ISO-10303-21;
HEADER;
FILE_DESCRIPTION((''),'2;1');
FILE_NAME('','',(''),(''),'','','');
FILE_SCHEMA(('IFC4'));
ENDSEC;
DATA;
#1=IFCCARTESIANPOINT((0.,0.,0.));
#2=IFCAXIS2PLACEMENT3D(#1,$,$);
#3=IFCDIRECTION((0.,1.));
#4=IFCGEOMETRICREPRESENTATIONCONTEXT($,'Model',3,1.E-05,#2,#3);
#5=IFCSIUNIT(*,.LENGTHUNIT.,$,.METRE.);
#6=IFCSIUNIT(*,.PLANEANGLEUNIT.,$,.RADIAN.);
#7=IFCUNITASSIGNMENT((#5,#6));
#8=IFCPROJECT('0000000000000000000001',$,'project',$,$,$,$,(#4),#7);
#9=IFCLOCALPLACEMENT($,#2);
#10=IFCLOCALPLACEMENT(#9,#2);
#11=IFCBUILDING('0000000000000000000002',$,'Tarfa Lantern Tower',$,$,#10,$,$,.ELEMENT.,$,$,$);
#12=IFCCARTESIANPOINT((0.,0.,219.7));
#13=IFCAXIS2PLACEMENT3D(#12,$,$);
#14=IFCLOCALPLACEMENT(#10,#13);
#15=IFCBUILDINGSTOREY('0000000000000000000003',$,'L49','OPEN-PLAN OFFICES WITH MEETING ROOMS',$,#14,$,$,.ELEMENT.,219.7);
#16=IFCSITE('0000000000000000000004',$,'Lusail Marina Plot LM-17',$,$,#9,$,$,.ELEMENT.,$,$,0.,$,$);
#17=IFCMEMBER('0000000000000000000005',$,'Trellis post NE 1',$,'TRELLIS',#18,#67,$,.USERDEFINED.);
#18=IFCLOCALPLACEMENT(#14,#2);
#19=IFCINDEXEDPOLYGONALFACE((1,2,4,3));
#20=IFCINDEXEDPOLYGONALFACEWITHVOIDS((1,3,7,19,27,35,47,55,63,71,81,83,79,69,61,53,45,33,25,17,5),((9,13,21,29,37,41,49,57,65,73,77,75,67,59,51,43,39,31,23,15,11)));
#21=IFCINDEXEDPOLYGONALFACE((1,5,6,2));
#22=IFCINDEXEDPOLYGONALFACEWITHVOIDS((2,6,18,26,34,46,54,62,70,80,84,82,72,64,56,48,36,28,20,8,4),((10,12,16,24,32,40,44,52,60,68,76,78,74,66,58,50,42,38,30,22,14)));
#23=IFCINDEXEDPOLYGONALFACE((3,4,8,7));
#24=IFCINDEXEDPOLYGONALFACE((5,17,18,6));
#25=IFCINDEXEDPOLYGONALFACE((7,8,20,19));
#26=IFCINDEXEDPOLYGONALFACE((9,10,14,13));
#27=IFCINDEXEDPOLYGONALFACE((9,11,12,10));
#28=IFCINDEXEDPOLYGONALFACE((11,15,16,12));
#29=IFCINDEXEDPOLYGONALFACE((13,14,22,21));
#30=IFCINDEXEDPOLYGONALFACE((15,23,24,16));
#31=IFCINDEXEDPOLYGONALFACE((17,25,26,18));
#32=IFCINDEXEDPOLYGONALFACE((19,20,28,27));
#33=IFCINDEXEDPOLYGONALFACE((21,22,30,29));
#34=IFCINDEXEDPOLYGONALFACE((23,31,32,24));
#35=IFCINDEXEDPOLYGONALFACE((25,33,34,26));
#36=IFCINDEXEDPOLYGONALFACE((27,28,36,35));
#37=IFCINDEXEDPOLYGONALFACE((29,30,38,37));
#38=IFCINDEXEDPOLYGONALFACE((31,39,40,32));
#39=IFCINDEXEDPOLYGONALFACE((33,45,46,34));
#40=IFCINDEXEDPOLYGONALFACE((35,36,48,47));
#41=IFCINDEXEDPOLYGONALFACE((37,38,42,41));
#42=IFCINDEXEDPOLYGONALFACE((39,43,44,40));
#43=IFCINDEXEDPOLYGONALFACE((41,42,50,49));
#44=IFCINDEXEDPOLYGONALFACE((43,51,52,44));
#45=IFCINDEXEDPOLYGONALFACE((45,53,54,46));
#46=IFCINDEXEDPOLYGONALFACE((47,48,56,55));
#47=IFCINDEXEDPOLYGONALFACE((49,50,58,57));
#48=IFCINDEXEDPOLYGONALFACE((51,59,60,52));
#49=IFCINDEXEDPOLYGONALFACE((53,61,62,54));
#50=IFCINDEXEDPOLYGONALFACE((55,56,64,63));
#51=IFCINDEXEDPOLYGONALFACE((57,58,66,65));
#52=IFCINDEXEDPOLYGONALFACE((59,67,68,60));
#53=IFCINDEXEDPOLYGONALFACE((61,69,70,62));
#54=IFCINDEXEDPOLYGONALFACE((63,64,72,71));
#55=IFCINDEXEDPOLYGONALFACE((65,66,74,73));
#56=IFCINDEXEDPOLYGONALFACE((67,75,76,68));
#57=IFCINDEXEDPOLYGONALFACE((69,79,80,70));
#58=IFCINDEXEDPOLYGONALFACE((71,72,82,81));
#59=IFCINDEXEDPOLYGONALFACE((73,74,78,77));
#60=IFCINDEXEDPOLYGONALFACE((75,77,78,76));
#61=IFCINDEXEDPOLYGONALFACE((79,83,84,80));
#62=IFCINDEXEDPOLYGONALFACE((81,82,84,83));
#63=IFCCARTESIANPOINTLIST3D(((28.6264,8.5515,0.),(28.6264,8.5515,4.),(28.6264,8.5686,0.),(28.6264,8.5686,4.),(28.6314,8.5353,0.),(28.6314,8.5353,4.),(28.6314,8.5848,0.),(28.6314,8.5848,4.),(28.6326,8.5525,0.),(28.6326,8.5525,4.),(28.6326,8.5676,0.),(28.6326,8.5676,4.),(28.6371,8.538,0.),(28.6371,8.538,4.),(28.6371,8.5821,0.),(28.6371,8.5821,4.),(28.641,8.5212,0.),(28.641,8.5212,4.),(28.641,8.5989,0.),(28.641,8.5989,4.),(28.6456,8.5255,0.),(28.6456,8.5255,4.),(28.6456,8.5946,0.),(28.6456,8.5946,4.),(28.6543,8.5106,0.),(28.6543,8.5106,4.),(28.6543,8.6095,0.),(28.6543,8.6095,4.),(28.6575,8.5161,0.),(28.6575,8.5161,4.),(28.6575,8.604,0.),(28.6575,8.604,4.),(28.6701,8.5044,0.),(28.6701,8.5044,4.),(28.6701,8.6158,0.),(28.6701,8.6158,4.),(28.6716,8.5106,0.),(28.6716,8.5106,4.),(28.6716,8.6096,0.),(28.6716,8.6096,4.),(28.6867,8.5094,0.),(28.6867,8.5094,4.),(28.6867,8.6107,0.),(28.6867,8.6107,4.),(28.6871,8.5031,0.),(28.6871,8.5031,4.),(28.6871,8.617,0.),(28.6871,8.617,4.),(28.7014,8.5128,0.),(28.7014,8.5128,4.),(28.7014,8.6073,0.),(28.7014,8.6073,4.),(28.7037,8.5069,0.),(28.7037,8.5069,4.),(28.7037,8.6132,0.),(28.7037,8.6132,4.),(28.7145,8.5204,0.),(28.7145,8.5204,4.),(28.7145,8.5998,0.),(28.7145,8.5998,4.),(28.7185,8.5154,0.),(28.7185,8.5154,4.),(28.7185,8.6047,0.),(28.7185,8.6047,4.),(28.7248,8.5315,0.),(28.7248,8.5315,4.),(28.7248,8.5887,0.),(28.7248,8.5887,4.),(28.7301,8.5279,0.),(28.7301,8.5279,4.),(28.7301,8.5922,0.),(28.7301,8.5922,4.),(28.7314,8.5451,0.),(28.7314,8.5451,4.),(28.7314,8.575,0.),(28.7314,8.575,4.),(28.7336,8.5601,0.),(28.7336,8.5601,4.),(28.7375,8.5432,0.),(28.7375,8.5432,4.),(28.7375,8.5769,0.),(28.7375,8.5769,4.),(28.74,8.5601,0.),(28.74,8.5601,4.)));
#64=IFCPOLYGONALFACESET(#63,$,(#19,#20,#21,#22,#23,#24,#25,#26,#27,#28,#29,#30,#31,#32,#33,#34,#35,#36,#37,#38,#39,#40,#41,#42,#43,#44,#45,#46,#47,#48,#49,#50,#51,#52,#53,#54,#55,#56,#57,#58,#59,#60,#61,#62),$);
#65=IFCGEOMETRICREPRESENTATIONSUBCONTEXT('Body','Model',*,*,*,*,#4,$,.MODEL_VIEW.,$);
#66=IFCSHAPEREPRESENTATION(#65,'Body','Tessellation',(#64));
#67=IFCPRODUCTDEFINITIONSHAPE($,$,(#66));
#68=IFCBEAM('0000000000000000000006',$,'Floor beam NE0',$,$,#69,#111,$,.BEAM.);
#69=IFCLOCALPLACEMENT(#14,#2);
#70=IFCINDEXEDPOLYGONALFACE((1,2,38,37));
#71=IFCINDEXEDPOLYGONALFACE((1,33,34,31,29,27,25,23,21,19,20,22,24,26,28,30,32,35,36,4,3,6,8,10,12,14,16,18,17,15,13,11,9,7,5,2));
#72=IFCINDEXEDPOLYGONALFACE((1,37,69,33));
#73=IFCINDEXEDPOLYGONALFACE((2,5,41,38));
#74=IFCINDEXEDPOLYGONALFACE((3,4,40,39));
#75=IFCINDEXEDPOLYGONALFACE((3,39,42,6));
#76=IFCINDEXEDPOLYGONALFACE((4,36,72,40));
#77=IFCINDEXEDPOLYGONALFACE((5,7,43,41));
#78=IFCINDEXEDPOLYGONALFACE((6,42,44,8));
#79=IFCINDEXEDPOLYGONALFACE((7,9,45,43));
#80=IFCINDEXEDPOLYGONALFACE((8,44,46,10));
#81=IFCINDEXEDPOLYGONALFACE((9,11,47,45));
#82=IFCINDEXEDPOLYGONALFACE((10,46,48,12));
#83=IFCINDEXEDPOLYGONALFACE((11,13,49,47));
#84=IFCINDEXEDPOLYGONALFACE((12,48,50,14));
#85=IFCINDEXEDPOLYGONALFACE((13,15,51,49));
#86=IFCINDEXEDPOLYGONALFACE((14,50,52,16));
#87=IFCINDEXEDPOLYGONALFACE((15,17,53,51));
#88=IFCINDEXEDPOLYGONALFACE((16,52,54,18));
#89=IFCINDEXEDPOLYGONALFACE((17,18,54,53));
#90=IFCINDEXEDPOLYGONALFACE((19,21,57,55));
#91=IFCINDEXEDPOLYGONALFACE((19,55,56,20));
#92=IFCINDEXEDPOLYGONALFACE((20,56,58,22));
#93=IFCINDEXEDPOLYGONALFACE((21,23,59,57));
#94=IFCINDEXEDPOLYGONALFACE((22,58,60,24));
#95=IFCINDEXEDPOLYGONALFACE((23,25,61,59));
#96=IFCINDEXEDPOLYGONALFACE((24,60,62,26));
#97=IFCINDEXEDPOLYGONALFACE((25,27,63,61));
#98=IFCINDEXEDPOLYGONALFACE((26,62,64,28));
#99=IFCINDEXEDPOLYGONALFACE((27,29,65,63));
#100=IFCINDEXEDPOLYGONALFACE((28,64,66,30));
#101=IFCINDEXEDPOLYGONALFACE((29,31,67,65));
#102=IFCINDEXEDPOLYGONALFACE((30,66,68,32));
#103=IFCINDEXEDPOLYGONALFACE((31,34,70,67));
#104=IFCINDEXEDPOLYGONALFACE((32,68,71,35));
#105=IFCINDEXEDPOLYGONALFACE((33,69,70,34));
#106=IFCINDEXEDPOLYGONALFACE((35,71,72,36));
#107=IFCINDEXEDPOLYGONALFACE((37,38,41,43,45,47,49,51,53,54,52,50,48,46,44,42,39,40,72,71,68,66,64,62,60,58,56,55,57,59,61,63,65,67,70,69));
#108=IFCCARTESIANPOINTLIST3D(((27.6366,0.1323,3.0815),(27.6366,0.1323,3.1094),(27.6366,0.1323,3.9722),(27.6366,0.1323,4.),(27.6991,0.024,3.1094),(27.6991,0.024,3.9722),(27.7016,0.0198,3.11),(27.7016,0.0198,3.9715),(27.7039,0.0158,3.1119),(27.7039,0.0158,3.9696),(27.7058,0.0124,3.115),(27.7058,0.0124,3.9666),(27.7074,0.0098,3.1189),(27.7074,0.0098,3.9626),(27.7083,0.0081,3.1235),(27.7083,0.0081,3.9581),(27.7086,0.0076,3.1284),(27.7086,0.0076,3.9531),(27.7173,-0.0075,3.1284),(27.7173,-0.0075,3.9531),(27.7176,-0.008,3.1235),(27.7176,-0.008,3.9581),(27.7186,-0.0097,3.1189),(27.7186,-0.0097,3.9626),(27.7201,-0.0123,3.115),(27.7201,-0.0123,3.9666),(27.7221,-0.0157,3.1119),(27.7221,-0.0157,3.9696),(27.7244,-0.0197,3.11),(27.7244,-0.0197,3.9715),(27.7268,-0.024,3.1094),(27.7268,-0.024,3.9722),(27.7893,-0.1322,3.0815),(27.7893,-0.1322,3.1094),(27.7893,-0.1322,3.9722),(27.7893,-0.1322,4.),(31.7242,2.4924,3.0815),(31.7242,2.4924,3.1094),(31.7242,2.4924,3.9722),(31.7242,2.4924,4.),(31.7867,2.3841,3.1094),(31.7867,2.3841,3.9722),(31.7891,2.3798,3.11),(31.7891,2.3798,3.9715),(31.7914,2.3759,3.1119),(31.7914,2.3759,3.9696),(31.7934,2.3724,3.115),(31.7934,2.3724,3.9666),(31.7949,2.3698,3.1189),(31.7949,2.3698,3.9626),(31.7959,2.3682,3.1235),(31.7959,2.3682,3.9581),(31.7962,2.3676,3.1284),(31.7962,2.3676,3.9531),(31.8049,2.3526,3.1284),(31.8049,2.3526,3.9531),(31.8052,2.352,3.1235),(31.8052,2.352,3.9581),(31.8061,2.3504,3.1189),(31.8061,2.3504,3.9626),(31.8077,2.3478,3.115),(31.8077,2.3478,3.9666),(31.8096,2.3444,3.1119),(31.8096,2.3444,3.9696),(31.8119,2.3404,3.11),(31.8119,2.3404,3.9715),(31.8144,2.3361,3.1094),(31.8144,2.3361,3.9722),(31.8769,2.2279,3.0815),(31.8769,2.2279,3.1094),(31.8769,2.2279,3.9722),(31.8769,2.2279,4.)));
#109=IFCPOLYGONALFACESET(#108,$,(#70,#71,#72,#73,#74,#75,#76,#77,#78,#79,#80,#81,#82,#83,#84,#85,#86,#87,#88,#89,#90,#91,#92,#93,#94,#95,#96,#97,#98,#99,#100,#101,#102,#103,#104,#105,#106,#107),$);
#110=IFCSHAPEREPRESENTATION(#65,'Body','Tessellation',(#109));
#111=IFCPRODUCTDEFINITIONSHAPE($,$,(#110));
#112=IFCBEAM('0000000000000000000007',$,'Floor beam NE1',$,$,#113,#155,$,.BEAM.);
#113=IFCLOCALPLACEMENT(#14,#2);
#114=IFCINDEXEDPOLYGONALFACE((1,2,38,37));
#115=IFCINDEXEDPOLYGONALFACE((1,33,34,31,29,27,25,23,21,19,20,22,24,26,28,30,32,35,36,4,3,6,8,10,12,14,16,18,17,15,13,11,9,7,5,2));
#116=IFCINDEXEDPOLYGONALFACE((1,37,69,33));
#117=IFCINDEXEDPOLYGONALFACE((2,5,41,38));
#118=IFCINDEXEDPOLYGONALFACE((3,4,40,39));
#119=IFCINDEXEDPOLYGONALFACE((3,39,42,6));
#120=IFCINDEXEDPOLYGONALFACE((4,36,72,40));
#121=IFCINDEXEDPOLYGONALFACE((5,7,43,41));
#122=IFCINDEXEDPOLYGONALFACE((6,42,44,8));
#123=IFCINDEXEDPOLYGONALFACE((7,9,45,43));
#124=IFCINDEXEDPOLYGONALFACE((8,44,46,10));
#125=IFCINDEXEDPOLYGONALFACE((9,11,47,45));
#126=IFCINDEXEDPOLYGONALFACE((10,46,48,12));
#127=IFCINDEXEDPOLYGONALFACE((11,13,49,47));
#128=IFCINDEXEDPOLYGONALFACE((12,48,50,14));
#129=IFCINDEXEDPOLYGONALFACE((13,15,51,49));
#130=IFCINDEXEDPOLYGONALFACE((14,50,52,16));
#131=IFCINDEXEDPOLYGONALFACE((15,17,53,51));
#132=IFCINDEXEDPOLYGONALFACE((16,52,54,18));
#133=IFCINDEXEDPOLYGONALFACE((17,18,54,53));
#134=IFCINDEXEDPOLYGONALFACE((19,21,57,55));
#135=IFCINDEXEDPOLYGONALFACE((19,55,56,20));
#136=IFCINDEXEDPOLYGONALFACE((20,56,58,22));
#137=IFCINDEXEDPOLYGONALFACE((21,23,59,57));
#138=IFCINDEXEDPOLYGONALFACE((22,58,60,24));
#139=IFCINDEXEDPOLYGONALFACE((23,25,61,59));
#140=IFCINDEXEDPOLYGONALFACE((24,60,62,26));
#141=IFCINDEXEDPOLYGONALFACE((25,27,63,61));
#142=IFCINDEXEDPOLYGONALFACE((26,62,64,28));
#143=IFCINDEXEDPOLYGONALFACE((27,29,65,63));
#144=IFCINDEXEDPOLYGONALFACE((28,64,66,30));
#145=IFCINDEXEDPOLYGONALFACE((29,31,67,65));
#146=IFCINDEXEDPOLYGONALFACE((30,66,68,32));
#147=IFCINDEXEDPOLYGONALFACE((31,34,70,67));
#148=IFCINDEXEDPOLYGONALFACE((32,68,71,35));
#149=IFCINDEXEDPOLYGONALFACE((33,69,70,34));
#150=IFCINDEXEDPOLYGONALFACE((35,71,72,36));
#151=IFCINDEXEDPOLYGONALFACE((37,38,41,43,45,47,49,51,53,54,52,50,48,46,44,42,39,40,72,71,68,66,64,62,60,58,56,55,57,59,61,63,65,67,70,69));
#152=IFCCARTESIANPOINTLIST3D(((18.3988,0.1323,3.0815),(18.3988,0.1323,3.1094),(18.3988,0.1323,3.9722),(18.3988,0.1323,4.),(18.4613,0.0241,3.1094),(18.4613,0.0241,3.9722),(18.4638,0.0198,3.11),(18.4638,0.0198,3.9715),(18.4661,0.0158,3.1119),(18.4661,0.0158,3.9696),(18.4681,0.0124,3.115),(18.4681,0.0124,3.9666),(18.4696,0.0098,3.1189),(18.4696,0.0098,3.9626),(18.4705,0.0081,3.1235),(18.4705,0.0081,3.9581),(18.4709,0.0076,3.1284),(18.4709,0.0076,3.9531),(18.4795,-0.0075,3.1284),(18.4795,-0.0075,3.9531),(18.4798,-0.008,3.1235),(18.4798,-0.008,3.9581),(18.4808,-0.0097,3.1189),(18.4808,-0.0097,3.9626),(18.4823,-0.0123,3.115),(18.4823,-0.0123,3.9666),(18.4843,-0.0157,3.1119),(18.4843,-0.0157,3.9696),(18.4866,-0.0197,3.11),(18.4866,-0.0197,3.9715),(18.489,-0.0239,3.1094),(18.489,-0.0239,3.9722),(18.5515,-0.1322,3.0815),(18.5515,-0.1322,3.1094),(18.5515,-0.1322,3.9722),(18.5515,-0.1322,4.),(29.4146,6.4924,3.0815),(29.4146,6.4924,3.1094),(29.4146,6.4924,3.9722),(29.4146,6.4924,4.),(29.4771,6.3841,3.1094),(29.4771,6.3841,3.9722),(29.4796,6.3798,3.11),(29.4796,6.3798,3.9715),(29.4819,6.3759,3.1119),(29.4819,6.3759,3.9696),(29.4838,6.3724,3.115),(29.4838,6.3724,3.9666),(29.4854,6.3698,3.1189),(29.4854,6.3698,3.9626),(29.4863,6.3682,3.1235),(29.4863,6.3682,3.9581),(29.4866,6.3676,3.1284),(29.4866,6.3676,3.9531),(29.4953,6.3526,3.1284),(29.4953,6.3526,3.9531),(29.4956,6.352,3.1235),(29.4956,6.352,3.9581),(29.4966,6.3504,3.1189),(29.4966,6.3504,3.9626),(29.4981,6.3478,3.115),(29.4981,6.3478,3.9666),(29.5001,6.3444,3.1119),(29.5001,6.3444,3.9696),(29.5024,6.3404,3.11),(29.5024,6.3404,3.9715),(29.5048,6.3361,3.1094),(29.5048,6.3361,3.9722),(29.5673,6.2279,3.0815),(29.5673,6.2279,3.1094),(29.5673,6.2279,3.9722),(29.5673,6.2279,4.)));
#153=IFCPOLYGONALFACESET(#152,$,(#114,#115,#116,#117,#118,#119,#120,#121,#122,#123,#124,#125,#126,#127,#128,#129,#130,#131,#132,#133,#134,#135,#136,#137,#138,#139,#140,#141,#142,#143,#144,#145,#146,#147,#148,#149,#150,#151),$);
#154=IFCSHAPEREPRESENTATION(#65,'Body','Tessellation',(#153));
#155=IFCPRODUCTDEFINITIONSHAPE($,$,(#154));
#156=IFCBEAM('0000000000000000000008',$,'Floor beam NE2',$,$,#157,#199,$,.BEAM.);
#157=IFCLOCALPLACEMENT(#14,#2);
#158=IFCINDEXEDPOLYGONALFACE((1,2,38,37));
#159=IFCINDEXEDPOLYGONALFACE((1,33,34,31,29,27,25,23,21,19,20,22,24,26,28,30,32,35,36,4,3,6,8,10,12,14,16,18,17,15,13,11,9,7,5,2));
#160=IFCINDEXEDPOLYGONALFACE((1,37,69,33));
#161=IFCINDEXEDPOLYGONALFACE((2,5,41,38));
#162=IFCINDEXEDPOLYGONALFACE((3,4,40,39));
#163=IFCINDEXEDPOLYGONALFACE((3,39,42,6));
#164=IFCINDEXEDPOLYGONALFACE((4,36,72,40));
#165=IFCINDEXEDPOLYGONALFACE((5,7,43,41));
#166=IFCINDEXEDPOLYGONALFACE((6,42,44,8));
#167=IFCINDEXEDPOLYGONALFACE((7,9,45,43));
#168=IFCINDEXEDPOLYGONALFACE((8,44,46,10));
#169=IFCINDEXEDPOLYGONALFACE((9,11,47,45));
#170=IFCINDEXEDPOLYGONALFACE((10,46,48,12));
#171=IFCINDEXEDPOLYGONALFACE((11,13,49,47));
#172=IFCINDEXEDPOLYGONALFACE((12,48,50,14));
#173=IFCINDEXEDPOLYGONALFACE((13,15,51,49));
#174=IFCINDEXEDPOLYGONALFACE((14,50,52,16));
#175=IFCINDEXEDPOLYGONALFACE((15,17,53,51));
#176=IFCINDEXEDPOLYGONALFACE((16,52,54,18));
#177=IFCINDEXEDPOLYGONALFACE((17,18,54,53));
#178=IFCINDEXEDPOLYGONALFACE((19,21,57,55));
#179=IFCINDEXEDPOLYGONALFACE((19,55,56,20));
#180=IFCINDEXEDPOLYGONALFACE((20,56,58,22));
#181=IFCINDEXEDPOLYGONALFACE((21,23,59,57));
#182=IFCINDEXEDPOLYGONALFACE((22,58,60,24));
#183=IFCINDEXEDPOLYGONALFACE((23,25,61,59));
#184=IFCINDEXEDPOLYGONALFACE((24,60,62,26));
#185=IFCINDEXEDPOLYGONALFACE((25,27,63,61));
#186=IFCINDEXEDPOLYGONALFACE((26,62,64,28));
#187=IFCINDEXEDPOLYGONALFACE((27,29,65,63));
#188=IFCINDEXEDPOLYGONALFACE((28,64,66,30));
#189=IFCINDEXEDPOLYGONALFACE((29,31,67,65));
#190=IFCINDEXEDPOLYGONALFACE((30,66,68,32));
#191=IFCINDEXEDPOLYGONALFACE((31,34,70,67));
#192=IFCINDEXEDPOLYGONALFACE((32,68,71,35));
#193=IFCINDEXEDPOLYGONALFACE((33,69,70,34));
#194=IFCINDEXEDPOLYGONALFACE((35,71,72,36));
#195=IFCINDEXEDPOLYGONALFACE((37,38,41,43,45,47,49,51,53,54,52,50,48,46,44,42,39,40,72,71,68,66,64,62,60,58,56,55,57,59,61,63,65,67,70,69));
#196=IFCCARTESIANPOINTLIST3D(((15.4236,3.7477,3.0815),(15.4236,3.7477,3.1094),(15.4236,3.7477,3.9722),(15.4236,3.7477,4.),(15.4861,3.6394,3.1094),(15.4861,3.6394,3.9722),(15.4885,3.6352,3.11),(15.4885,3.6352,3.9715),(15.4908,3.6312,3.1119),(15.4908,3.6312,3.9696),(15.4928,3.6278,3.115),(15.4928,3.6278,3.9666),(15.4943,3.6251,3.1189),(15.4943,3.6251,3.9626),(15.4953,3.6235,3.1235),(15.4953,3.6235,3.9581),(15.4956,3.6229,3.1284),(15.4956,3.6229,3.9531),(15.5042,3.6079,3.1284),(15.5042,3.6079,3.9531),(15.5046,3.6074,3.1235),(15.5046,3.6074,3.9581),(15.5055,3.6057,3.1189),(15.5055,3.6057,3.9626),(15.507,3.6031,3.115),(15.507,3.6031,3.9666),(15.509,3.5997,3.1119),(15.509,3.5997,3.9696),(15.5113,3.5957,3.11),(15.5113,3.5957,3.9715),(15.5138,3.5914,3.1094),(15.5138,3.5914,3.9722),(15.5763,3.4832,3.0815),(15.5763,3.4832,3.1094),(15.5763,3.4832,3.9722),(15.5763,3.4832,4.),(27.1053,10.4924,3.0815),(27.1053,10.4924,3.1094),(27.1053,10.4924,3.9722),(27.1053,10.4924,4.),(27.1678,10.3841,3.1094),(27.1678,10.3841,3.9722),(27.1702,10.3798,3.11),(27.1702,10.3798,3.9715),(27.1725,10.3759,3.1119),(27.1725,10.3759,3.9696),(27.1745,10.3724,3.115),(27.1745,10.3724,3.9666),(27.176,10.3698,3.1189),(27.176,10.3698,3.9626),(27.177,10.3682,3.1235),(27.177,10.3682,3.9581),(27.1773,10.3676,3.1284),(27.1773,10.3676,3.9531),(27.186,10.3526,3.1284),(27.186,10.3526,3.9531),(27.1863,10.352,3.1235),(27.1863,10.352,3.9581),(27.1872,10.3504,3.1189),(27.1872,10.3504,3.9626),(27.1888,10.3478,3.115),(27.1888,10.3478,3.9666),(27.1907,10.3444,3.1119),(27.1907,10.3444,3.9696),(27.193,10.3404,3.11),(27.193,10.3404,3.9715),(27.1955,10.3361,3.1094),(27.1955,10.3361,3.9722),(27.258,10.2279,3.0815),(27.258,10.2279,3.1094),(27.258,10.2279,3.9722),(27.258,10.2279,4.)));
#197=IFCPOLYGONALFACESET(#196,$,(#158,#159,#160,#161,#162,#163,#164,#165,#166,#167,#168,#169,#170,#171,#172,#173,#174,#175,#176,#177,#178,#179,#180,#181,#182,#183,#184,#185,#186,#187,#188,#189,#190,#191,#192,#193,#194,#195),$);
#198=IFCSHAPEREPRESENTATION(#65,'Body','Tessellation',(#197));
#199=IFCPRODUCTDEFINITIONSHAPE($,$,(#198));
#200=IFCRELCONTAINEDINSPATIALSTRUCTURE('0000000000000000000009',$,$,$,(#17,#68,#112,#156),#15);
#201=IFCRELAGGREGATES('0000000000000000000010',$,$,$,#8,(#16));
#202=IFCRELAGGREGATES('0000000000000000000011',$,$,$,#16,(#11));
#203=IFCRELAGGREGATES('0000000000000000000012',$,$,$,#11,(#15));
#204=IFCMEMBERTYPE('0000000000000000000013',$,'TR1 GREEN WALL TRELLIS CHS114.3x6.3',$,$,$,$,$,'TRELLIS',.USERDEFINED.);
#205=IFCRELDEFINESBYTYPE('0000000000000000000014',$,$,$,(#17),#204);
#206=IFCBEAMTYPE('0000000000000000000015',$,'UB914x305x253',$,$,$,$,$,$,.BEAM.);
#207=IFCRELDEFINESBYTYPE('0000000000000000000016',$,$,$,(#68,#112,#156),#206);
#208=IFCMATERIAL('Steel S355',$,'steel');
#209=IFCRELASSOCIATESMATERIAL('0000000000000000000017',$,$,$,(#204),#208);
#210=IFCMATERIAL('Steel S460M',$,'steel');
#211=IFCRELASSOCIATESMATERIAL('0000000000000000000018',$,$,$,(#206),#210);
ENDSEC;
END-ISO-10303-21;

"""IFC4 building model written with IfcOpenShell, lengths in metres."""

from ifc_helpers import new_model, si_unit, direction, frame, origin, origin_2d, place, context, subcontext, project, spatial, hollow_circle, i_section, extrude, material, material_profile, profile_set, type_object, element, save


model = new_model("IFC4")

# Units and contexts
model_context = context("Model", 3, precision=1e-05, world=origin(), true_north=direction((0.0, 1.0)))
body_context = subcontext(model_context, "Body", "Model", "MODEL_VIEW")
ifc_project = project(units=[si_unit("LENGTHUNIT", "METRE"), si_unit("PLANEANGLEUNIT", "RADIAN")], contexts=[model_context])

# Site, building, storey
site_placement = place(None, origin())
site = spatial("IfcSite", under=ifc_project, at=site_placement, Name="Lusail Marina Plot LM-17", CompositionType="ELEMENT", RefElevation=0.0)
building_placement = place(site_placement, origin())
building = spatial("IfcBuilding", under=site, at=building_placement, Name="Tarfa Lantern Tower", CompositionType="ELEMENT")
storey_placement = place(building_placement, frame((0.0, 0.0, 219.7)))
storey = spatial("IfcBuildingStorey", under=building, at=storey_placement, Name="L49", Description="OPEN-PLAN OFFICES WITH MEETING ROOMS", CompositionType="ELEMENT", Elevation=219.7)

# Member
ifc_material_1 = material(Name="Steel S355", Category="steel")
ifc_material_profile_1 = material_profile(ifc_material_1, hollow_circle(Radius=0.0571, WallThickness=0.0063, at=origin_2d()), Name="CHS114.3x6.3")
ifc_profile_set_1 = profile_set([ifc_material_profile_1], Name="Steel S355")
member_type_1 = type_object("IfcMemberType", Name="TR1 GREEN WALL TRELLIS CHS114.3x6.3", ElementType="TRELLIS", PredefinedType="USERDEFINED", material=ifc_profile_set_1)
member_1_placement = place(storey_placement, frame((28.6829, 8.5601, 0.0), z_axis=(0.0, 0.0, 1.0), x_axis=(1.0, 0.0, 0.0)))
element("IfcMember", 1, at=member_1_placement, inside=storey, type_object=member_type_1, Name="Trellis post NE 1", ObjectType="TRELLIS", PredefinedType="USERDEFINED", context=body_context, shape_type="SweptSolid", body=[
    extrude(hollow_circle(Radius=0.0571, WallThickness=0.0063, at=origin_2d()), origin(), (0.0, 0.0, 1.0), 4.0),
])

# Beams
ifc_material_2 = material(Name="Steel S460M", Category="steel")
ifc_material_profile_2 = material_profile(ifc_material_2, i_section(OverallWidth=0.3054, OverallDepth=0.9185, WebThickness=0.0173, FlangeThickness=0.0278, FilletRadius=0.019, at=origin_2d()), Name="UB914x305x253")
ifc_profile_set_2 = profile_set([ifc_material_profile_2], Name="Steel S460M")
beam_type_1 = type_object("IfcBeamType", Name="UB914x305x253", PredefinedType="BEAM", material=ifc_profile_set_2)
beam_1_placement = place(storey_placement, frame((31.8005, 2.3601, 3.5408), z_axis=(-0.866016, -0.500016, 0.0), x_axis=(0.500016, -0.866016, 0.0)))
element("IfcBeam", 2, at=beam_1_placement, inside=storey, type_object=beam_type_1, Name="Floor beam NE0", PredefinedType="BEAM", context=body_context, shape_type="SweptSolid", body=[
    extrude(i_section(OverallWidth=0.3054, OverallDepth=0.9185, WebThickness=0.0173, FlangeThickness=0.0278, FilletRadius=0.019, at=origin_2d()), origin(), (0.0, 0.0, 1.0), 4.72),
])
beam_2_placement = place(storey_placement, frame((29.491, 6.3601, 3.5408), z_axis=(-0.866022, -0.500005, 0.0), x_axis=(0.500005, -0.866022, 0.0)))
element("IfcBeam", 3, at=beam_2_placement, inside=storey, type_object=beam_type_1, Name="Floor beam NE1", PredefinedType="BEAM", context=body_context, shape_type="SweptSolid", body=[
    extrude(i_section(OverallWidth=0.3054, OverallDepth=0.9185, WebThickness=0.0173, FlangeThickness=0.0278, FilletRadius=0.019, at=origin_2d()), origin(), (0.0, 0.0, 1.0), 12.72),
])
beam_3_placement = place(storey_placement, frame((27.1816, 10.3601, 3.5408), z_axis=(-0.866018, -0.500013, 0.0), x_axis=(0.500013, -0.866018, 0.0)))
element("IfcBeam", 4, at=beam_3_placement, inside=storey, type_object=beam_type_1, Name="Floor beam NE2", PredefinedType="BEAM", context=body_context, shape_type="SweptSolid", body=[
    extrude(i_section(OverallWidth=0.3054, OverallDepth=0.9185, WebThickness=0.0173, FlangeThickness=0.0278, FilletRadius=0.019, at=origin_2d()), origin(), (0.0, 0.0, 1.0), 13.489),
])

save(model, "model.ifc")
